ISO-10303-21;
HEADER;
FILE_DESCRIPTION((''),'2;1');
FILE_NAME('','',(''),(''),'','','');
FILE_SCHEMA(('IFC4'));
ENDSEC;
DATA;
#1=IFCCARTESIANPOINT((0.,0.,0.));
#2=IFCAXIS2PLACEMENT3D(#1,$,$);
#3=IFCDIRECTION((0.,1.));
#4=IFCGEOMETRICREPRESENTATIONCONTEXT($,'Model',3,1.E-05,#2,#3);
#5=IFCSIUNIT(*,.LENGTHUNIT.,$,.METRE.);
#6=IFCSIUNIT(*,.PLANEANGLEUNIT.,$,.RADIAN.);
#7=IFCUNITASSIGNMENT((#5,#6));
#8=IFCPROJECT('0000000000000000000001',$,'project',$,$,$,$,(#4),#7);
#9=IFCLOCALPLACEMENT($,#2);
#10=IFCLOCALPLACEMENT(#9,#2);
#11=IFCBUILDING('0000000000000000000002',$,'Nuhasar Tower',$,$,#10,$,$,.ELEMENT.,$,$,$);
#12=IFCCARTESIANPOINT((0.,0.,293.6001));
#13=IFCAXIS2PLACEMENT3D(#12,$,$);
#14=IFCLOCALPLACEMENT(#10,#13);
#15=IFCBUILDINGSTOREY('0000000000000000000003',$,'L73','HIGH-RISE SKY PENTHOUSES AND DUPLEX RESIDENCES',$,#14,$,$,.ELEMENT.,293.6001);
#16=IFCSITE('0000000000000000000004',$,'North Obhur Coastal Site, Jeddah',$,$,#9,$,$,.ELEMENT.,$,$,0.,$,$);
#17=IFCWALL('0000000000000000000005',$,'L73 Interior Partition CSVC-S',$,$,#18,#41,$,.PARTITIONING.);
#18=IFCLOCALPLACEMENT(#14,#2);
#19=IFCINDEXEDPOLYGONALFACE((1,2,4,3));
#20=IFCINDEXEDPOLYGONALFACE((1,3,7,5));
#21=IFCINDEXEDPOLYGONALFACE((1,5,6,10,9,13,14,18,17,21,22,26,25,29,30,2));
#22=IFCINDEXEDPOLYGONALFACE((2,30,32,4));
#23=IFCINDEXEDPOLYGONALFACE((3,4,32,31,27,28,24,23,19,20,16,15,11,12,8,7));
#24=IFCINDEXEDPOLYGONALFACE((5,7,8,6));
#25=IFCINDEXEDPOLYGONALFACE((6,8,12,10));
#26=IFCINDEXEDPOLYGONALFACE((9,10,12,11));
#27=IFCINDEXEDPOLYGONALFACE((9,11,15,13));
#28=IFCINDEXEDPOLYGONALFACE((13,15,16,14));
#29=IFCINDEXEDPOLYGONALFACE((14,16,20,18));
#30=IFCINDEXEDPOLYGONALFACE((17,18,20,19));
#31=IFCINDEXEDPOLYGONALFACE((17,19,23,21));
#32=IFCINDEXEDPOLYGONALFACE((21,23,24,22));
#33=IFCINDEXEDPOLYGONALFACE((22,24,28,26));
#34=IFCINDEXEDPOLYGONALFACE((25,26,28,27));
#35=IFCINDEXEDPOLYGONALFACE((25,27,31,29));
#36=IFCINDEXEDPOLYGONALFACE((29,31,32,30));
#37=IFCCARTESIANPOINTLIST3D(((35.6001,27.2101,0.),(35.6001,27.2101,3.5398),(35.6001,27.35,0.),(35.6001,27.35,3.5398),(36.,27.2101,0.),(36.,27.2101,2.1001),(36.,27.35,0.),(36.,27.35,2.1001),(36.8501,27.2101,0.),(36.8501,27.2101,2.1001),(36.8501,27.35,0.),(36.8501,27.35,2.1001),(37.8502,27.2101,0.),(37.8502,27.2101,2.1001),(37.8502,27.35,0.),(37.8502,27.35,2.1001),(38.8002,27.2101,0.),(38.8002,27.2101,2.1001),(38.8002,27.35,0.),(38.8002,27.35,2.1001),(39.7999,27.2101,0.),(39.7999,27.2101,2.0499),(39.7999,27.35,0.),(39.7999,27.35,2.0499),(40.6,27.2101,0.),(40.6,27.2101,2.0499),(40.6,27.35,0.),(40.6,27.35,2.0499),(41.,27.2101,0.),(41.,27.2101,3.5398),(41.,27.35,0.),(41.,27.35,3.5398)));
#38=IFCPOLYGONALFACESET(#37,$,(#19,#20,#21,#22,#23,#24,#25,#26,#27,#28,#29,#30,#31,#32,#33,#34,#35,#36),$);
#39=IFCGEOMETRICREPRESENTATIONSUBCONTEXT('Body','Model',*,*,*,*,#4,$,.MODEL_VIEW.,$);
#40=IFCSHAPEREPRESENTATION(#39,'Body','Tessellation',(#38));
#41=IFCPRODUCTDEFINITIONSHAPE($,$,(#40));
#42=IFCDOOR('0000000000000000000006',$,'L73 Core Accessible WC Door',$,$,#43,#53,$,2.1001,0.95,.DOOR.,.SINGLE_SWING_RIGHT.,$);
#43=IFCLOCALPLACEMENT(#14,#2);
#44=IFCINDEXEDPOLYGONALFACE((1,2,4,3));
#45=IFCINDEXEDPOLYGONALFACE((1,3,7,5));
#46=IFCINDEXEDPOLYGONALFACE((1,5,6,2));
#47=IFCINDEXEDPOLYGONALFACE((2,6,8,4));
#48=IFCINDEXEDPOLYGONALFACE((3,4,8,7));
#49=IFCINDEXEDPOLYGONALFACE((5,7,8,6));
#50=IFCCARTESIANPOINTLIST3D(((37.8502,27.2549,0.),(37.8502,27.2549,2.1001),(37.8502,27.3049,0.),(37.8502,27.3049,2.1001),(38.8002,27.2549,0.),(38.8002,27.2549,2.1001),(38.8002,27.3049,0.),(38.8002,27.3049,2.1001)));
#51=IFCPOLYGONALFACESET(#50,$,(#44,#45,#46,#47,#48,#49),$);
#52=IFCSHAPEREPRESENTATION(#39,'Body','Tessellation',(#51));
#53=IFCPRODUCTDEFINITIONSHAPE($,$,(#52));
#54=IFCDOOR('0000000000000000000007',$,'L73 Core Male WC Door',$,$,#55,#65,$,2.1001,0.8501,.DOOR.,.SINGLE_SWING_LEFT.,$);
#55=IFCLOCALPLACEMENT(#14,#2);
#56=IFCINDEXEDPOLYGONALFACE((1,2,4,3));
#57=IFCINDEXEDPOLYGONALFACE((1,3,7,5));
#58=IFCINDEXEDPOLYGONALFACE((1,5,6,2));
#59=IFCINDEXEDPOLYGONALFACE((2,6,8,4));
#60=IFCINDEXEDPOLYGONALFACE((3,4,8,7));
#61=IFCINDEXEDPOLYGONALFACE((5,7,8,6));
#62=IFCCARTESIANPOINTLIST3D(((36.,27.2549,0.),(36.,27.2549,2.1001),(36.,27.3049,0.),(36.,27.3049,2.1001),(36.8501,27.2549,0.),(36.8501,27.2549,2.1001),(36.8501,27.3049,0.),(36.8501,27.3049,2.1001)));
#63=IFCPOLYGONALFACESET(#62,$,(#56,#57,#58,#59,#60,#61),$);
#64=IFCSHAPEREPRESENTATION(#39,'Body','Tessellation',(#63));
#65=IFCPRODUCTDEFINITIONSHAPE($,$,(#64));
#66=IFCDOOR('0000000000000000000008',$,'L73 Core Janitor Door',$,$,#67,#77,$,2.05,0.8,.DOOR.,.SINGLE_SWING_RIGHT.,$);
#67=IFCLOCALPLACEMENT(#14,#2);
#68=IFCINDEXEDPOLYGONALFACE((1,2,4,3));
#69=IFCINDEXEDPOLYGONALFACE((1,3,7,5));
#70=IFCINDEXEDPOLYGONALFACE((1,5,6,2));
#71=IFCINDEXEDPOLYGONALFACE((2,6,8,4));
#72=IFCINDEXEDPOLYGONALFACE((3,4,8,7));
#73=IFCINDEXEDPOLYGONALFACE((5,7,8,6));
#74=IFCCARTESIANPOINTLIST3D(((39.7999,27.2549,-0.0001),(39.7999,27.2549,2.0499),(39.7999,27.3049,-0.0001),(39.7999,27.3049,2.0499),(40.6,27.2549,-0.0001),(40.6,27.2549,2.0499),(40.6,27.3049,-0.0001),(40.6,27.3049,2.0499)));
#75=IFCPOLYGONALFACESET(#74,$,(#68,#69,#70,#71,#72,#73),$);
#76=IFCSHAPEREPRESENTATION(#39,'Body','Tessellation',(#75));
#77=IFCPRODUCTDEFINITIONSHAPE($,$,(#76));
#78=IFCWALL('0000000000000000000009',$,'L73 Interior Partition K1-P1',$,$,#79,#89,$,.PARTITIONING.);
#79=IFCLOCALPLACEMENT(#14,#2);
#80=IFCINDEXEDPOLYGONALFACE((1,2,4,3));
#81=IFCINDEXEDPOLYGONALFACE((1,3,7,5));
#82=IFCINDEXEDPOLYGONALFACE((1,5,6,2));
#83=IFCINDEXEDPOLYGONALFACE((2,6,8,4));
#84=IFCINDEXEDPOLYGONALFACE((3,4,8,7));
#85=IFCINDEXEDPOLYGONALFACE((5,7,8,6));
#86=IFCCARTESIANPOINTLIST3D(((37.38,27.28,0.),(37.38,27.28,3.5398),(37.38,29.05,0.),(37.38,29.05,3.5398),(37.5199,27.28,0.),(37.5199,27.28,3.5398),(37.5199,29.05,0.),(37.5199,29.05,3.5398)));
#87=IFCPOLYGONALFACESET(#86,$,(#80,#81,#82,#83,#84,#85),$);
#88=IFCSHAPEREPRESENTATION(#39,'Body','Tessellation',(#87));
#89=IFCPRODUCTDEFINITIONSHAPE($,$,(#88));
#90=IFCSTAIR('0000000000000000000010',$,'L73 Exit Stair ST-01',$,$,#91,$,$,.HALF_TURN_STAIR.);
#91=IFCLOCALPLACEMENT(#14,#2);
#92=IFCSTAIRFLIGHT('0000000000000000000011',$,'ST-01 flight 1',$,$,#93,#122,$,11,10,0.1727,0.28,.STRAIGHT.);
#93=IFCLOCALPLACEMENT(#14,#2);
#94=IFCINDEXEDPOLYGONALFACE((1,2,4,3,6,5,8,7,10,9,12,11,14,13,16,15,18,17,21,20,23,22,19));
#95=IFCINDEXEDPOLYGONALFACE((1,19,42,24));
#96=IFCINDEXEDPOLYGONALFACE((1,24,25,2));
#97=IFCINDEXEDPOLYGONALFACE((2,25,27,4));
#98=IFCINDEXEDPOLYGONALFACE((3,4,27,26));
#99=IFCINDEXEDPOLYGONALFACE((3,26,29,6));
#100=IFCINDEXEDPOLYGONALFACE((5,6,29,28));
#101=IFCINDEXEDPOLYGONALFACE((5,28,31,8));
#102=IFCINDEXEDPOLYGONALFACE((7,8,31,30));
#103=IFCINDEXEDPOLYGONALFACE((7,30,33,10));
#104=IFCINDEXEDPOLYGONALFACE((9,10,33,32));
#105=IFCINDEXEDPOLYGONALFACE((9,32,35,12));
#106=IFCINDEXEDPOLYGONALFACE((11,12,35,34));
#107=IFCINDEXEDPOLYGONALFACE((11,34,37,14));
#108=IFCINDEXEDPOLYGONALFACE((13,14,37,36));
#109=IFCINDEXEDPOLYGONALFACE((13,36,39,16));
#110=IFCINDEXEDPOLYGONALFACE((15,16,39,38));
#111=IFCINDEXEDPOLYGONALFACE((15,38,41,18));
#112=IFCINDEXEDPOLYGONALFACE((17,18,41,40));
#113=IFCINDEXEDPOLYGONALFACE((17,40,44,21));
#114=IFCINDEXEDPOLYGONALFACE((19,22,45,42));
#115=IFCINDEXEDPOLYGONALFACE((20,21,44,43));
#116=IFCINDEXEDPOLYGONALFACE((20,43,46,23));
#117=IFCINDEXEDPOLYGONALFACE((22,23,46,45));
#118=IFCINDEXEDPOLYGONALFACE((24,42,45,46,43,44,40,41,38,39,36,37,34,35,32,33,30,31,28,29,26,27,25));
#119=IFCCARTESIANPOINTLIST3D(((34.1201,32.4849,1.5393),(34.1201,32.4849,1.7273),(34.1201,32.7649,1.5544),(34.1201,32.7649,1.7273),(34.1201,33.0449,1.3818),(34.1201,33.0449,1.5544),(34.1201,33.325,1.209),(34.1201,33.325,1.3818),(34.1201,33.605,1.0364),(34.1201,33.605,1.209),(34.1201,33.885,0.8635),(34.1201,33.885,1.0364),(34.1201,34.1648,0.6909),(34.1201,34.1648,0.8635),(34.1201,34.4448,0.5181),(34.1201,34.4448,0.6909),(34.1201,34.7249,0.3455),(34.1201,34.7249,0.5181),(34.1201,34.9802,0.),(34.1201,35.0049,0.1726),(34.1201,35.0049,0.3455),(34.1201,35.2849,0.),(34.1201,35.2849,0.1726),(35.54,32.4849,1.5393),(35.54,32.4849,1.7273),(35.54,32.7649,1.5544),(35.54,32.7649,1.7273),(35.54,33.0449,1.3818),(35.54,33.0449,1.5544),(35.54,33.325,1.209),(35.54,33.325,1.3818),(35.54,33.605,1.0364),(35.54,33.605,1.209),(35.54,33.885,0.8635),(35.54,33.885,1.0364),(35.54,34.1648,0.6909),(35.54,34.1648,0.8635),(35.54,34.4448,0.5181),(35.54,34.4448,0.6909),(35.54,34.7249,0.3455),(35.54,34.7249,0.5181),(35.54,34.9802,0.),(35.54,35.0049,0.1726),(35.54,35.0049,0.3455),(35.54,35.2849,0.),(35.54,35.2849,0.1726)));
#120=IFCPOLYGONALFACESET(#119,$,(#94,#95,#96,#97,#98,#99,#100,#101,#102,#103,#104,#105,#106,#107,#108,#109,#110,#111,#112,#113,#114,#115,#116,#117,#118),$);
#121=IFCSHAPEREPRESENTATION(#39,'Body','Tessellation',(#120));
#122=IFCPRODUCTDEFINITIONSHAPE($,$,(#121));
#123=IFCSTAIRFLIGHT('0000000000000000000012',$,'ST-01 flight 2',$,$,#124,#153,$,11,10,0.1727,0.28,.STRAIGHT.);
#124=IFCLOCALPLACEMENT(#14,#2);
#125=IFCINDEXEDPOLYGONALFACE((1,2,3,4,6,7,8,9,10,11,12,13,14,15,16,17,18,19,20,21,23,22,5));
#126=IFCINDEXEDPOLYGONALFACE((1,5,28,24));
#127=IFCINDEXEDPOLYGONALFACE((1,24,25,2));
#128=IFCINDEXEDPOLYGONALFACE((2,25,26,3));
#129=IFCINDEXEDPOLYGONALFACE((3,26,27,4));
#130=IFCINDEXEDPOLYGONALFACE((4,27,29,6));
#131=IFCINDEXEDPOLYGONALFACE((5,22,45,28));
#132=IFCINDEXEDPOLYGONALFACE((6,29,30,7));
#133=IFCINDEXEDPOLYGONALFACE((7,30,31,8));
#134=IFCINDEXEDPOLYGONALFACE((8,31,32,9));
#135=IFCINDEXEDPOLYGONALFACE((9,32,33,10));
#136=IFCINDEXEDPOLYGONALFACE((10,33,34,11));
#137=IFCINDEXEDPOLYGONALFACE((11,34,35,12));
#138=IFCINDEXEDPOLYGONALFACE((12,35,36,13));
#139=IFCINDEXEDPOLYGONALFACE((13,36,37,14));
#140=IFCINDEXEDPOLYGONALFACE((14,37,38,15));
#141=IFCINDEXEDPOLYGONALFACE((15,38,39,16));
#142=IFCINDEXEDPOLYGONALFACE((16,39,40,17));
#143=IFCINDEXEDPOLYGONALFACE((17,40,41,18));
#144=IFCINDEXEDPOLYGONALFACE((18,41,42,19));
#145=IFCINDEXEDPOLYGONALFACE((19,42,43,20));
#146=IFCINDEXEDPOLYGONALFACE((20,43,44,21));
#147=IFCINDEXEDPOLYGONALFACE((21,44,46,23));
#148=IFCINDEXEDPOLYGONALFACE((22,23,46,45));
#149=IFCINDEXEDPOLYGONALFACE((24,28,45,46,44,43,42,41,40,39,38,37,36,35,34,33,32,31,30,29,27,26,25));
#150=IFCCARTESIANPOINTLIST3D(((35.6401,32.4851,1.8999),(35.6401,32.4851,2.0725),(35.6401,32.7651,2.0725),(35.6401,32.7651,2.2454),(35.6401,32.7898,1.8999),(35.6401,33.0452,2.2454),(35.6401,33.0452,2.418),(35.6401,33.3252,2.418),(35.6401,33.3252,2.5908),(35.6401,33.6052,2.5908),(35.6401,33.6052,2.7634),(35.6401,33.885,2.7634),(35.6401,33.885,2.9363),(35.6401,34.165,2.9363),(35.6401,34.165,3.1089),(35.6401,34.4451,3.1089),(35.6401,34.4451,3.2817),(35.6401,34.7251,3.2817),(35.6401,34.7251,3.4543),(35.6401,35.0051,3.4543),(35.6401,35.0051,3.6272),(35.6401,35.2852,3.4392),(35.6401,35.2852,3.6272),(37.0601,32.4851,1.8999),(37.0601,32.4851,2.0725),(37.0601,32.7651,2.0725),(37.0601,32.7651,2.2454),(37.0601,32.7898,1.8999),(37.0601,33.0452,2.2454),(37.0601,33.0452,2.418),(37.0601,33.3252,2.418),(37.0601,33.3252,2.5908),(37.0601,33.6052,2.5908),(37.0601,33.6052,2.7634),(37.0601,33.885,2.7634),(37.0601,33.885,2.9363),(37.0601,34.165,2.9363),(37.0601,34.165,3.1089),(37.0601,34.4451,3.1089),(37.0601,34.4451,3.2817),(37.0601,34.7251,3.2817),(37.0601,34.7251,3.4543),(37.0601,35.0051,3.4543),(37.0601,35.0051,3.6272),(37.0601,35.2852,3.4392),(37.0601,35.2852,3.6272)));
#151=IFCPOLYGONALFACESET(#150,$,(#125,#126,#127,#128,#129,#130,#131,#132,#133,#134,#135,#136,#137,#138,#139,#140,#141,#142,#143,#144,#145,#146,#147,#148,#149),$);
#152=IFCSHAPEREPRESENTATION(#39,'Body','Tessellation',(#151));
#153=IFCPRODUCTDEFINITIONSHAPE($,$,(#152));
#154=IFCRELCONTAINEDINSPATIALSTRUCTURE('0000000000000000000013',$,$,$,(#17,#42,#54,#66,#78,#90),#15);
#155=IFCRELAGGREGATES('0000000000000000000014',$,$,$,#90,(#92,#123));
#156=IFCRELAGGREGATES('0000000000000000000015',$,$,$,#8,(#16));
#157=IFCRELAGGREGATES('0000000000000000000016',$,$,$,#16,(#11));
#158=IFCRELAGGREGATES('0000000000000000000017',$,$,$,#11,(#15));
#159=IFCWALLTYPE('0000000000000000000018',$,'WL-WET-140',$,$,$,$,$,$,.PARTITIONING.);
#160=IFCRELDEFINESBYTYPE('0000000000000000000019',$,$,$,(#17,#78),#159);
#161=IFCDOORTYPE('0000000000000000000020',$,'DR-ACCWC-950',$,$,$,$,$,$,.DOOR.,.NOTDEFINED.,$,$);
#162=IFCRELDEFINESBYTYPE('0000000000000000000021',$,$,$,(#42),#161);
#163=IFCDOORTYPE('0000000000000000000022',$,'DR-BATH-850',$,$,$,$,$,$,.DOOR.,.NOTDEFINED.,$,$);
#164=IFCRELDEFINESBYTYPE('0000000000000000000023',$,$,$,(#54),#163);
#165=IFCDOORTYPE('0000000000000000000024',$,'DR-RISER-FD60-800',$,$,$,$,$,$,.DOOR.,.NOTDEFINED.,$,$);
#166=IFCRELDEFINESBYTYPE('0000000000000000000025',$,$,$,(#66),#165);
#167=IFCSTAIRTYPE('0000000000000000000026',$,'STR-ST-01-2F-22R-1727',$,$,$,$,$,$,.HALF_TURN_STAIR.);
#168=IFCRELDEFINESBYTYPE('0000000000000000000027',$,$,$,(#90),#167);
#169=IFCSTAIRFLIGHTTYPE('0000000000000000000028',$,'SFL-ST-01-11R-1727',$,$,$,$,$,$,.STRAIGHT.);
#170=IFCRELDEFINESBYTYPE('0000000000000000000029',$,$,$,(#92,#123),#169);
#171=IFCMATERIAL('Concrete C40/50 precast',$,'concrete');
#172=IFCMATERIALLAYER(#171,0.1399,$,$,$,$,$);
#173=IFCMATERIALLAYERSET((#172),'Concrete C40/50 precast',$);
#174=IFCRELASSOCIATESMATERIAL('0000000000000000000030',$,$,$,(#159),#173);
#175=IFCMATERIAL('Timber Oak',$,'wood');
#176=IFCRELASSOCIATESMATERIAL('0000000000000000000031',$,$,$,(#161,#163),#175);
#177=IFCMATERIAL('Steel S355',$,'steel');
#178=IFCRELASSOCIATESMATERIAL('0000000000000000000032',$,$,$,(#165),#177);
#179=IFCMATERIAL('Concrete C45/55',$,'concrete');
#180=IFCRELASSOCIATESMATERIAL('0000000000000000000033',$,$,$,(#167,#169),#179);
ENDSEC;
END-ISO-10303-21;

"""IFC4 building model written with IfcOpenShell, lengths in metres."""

from ifc_helpers import new_model, si_unit, direction, frame, frame_2d, origin, place, context, subcontext, project, spatial, polyline, rectangle, outline, extrude, material, layer, layer_set, type_object, element, fill, aggregate, save


model = new_model("IFC4")

# Units and contexts
model_context = context("Model", 3, precision=1e-05, world=origin(), true_north=direction((0.0, 1.0)))
body_context = subcontext(model_context, "Body", "Model", "MODEL_VIEW")
ifc_project = project(units=[si_unit("LENGTHUNIT", "METRE"), si_unit("PLANEANGLEUNIT", "RADIAN")], contexts=[model_context])

# Site, building, storey
site_placement = place(None, origin())
site = spatial("IfcSite", under=ifc_project, at=site_placement, Name="North Obhur Coastal Site, Jeddah", CompositionType="ELEMENT", RefElevation=0.0)
building_placement = place(site_placement, origin())
building = spatial("IfcBuilding", under=site, at=building_placement, Name="Nuhasar Tower", CompositionType="ELEMENT")
storey_placement = place(building_placement, frame((0.0, 0.0, 293.6001)))
storey = spatial("IfcBuildingStorey", under=building, at=storey_placement, Name="L73", Description="HIGH-RISE SKY PENTHOUSES AND DUPLEX RESIDENCES", CompositionType="ELEMENT", Elevation=293.6001)

# Shared definitions
ifc_material_1 = material(Name="Steel S355", Category="steel")

# Shared definitions
ifc_material_2 = material(Name="Concrete C40/50 precast", Category="concrete")
ifc_layer_1 = layer(ifc_material_2, 0.1399)
ifc_layer_set_1 = layer_set([ifc_layer_1], Name="Concrete C40/50 precast")
wall_type_1 = type_object("IfcWallType", Name="WL-WET-140", PredefinedType="PARTITIONING", material=ifc_layer_set_1)

# Wall, openings, doors
wall_1_placement = place(storey_placement, frame((35.6001, 27.28, 0.0), z_axis=(0.0, 0.0, 1.0), x_axis=(1.0, 0.0, 0.0)))
wall_1 = element("IfcWall", 1, at=wall_1_placement, inside=storey, type_object=wall_type_1, Name="L73 Interior Partition CSVC-S", PredefinedType="PARTITIONING", context=body_context, shape_type="SweptSolid", body=[
    extrude(rectangle(XDim=5.3999, YDim=0.1399, at=frame_2d((2.7, 0.0))), origin(), (0.0, 0.0, 1.0), 3.5398),
])
opening_1_placement = place(wall_1_placement, frame((0.3999, 0.0, 0.0)))
opening_1 = element("IfcOpeningElement", 2, at=opening_1_placement, cuts=wall_1, PredefinedType="OPENING", context=body_context, shape_type="SweptSolid", body=[
    extrude(rectangle(XDim=0.8501, YDim=2.1001, at=frame_2d((0.425, 1.05))), frame((0.0, 0.0801, 0.0), z_axis=(0.0, -1.0, 0.0), x_axis=(1.0, 0.0, 0.0)), (0.0, 0.0, 1.0), 0.1599),
])
opening_2_placement = place(wall_1_placement, frame((2.25, 0.0, 0.0)))
opening_2 = element("IfcOpeningElement", 3, at=opening_2_placement, cuts=wall_1, PredefinedType="OPENING", context=body_context, shape_type="SweptSolid", body=[
    extrude(rectangle(XDim=0.95, YDim=2.1001, at=frame_2d((0.4751, 1.05))), frame((0.0, 0.0801, 0.0), z_axis=(0.0, -1.0, 0.0), x_axis=(1.0, 0.0, 0.0)), (0.0, 0.0, 1.0), 0.1599),
])
opening_3_placement = place(wall_1_placement, frame((4.2, 0.0, 0.0)))
opening_3 = element("IfcOpeningElement", 4, at=opening_3_placement, cuts=wall_1, PredefinedType="OPENING", context=body_context, shape_type="SweptSolid", body=[
    extrude(rectangle(XDim=0.8, YDim=2.05, at=frame_2d((0.3999, 1.0249))), frame((0.0, 0.0801, 0.0), z_axis=(0.0, -1.0, 0.0), x_axis=(1.0, 0.0, 0.0)), (0.0, 0.0, 1.0), 0.1599),
])
ifc_material_3 = material(Name="Timber Oak", Category="wood")
door_type_1 = type_object("IfcDoorType", Name="DR-ACCWC-950", OperationType="NOTDEFINED", PredefinedType="DOOR", material=ifc_material_3)
door_1_placement = place(opening_2_placement, origin())
door_1 = element("IfcDoor", 5, at=door_1_placement, inside=storey, type_object=door_type_1, Name="L73 Core Accessible WC Door", OperationType="SINGLE_SWING_RIGHT", OverallHeight=2.1001, OverallWidth=0.95, PredefinedType="DOOR", context=body_context, shape_type="SweptSolid", body=[
    extrude(rectangle(XDim=0.95, YDim=2.1001, at=frame_2d((0.4751, 1.05))), frame((0.0, 0.0249, 0.0), z_axis=(0.0, -1.0, 0.0), x_axis=(1.0, 0.0, 0.0)), (0.0, 0.0, 1.0), 0.05),
])
fill(opening_2, door_1)
door_type_2 = type_object("IfcDoorType", Name="DR-BATH-850", OperationType="NOTDEFINED", PredefinedType="DOOR", material=ifc_material_3)
door_2_placement = place(opening_1_placement, origin())
door_2 = element("IfcDoor", 6, at=door_2_placement, inside=storey, type_object=door_type_2, Name="L73 Core Male WC Door", OperationType="SINGLE_SWING_LEFT", OverallHeight=2.1001, OverallWidth=0.8501, PredefinedType="DOOR", context=body_context, shape_type="SweptSolid", body=[
    extrude(rectangle(XDim=0.8501, YDim=2.1001, at=frame_2d((0.425, 1.05))), frame((0.0, 0.0249, 0.0), z_axis=(0.0, -1.0, 0.0), x_axis=(1.0, 0.0, 0.0)), (0.0, 0.0, 1.0), 0.05),
])
fill(opening_1, door_2)
door_type_3 = type_object("IfcDoorType", Name="DR-RISER-FD60-800", OperationType="NOTDEFINED", PredefinedType="DOOR", material=ifc_material_1)
door_3_placement = place(opening_3_placement, origin())
door_3 = element("IfcDoor", 7, at=door_3_placement, inside=storey, type_object=door_type_3, Name="L73 Core Janitor Door", OperationType="SINGLE_SWING_RIGHT", OverallHeight=2.05, OverallWidth=0.8, PredefinedType="DOOR", context=body_context, shape_type="SweptSolid", body=[
    extrude(rectangle(XDim=0.8, YDim=2.05, at=frame_2d((0.3999, 1.0249))), frame((0.0, 0.0249, 0.0), z_axis=(0.0, -1.0, 0.0), x_axis=(1.0, 0.0, 0.0)), (0.0, 0.0, 1.0), 0.05),
])
fill(opening_3, door_3)

# Wall
wall_2_placement = place(storey_placement, frame((37.45, 27.28, 0.0), z_axis=(0.0, 0.0, 1.0), x_axis=(0.0, 1.0, 0.0)))
element("IfcWall", 8, at=wall_2_placement, inside=storey, type_object=wall_type_1, Name="L73 Interior Partition K1-P1", PredefinedType="PARTITIONING", context=body_context, shape_type="SweptSolid", body=[
    extrude(rectangle(XDim=1.77, YDim=0.1399, at=frame_2d((0.885, 0.0))), origin(), (0.0, 0.0, 1.0), 3.5398),
])

# Stair, stair flights
ifc_material_4 = material(Name="Concrete C45/55", Category="concrete")
stair_type_1 = type_object("IfcStairType", Name="STR-ST-01-2F-22R-1727", PredefinedType="HALF_TURN_STAIR", material=ifc_material_4)
stair_1_placement = place(storey_placement, origin())
stair_1 = element("IfcStair", 9, at=stair_1_placement, inside=storey, type_object=stair_type_1, Name="L73 Exit Stair ST-01", PredefinedType="HALF_TURN_STAIR")
stair_flight_type_1 = type_object("IfcStairFlightType", Name="SFL-ST-01-11R-1727", PredefinedType="STRAIGHT", material=ifc_material_4)
stair_flight_1_placement = place(storey_placement, frame((34.8301, 35.2849, 0.0), z_axis=(0.0, 0.0, 1.0), x_axis=(0.0, -1.0, 0.0)))
stair_flight_1 = element("IfcStairFlight", 10, at=stair_flight_1_placement, type_object=stair_flight_type_1, Name="ST-01 flight 1", NumberOfRisers=11, NumberOfTreads=10, PredefinedType="STRAIGHT", RiserHeight=0.1727, TreadLength=0.28, context=body_context, shape_type="SweptSolid", body=[
    extrude(outline(polyline([(0.0, 0.0), (0.0, 0.1726), (0.28, 0.1726), (0.28, 0.3455), (0.5601, 0.3455), (0.5601, 0.5181), (0.8401, 0.5181), (0.8401, 0.6909), (1.1201, 0.6909), (1.1201, 0.8635), (1.3999, 0.8635), (1.3999, 1.0364), (1.6799, 1.0364), (1.6799, 1.209), (1.96, 1.209), (1.96, 1.3818), (2.24, 1.3818), (2.24, 1.5544), (2.52, 1.5544), (2.52, 1.7273), (2.8, 1.7273), (2.8, 1.8999), (2.8, 1.5393), (0.3047, 0.0), (0.0, 0.0)])), frame((0.0, 0.71, 0.0), z_axis=(0.0, -1.0, 0.0), x_axis=(1.0, 0.0, 0.0)), (0.0, 0.0, 1.0), 1.4199),
])
stair_flight_2_placement = place(storey_placement, frame((36.3501, 32.4851, 1.8999), z_axis=(0.0, 0.0, 1.0), x_axis=(0.0, 1.0, 0.0)))
stair_flight_2 = element("IfcStairFlight", 11, at=stair_flight_2_placement, type_object=stair_flight_type_1, Name="ST-01 flight 2", NumberOfRisers=11, NumberOfTreads=10, PredefinedType="STRAIGHT", RiserHeight=0.1727, TreadLength=0.28, context=body_context, shape_type="SweptSolid", body=[
    extrude(outline(polyline([(0.0, 0.0), (0.0, 0.1726), (0.28, 0.1726), (0.28, 0.3455), (0.5601, 0.3455), (0.5601, 0.5181), (0.8401, 0.5181), (0.8401, 0.6909), (1.1201, 0.6909), (1.1201, 0.8635), (1.3999, 0.8635), (1.3999, 1.0364), (1.6799, 1.0364), (1.6799, 1.209), (1.96, 1.209), (1.96, 1.3818), (2.24, 1.3818), (2.24, 1.5544), (2.52, 1.5544), (2.52, 1.7273), (2.8, 1.7273), (2.8, 1.8999), (2.8, 1.5393), (0.3047, 0.0), (0.0, 0.0)])), frame((0.0, 0.71, 0.0), z_axis=(0.0, -1.0, 0.0), x_axis=(1.0, 0.0, 0.0)), (0.0, 0.0, 1.0), 1.4199),
])
aggregate(stair_1, [stair_flight_1, stair_flight_2])

save(model, "model.ifc")
